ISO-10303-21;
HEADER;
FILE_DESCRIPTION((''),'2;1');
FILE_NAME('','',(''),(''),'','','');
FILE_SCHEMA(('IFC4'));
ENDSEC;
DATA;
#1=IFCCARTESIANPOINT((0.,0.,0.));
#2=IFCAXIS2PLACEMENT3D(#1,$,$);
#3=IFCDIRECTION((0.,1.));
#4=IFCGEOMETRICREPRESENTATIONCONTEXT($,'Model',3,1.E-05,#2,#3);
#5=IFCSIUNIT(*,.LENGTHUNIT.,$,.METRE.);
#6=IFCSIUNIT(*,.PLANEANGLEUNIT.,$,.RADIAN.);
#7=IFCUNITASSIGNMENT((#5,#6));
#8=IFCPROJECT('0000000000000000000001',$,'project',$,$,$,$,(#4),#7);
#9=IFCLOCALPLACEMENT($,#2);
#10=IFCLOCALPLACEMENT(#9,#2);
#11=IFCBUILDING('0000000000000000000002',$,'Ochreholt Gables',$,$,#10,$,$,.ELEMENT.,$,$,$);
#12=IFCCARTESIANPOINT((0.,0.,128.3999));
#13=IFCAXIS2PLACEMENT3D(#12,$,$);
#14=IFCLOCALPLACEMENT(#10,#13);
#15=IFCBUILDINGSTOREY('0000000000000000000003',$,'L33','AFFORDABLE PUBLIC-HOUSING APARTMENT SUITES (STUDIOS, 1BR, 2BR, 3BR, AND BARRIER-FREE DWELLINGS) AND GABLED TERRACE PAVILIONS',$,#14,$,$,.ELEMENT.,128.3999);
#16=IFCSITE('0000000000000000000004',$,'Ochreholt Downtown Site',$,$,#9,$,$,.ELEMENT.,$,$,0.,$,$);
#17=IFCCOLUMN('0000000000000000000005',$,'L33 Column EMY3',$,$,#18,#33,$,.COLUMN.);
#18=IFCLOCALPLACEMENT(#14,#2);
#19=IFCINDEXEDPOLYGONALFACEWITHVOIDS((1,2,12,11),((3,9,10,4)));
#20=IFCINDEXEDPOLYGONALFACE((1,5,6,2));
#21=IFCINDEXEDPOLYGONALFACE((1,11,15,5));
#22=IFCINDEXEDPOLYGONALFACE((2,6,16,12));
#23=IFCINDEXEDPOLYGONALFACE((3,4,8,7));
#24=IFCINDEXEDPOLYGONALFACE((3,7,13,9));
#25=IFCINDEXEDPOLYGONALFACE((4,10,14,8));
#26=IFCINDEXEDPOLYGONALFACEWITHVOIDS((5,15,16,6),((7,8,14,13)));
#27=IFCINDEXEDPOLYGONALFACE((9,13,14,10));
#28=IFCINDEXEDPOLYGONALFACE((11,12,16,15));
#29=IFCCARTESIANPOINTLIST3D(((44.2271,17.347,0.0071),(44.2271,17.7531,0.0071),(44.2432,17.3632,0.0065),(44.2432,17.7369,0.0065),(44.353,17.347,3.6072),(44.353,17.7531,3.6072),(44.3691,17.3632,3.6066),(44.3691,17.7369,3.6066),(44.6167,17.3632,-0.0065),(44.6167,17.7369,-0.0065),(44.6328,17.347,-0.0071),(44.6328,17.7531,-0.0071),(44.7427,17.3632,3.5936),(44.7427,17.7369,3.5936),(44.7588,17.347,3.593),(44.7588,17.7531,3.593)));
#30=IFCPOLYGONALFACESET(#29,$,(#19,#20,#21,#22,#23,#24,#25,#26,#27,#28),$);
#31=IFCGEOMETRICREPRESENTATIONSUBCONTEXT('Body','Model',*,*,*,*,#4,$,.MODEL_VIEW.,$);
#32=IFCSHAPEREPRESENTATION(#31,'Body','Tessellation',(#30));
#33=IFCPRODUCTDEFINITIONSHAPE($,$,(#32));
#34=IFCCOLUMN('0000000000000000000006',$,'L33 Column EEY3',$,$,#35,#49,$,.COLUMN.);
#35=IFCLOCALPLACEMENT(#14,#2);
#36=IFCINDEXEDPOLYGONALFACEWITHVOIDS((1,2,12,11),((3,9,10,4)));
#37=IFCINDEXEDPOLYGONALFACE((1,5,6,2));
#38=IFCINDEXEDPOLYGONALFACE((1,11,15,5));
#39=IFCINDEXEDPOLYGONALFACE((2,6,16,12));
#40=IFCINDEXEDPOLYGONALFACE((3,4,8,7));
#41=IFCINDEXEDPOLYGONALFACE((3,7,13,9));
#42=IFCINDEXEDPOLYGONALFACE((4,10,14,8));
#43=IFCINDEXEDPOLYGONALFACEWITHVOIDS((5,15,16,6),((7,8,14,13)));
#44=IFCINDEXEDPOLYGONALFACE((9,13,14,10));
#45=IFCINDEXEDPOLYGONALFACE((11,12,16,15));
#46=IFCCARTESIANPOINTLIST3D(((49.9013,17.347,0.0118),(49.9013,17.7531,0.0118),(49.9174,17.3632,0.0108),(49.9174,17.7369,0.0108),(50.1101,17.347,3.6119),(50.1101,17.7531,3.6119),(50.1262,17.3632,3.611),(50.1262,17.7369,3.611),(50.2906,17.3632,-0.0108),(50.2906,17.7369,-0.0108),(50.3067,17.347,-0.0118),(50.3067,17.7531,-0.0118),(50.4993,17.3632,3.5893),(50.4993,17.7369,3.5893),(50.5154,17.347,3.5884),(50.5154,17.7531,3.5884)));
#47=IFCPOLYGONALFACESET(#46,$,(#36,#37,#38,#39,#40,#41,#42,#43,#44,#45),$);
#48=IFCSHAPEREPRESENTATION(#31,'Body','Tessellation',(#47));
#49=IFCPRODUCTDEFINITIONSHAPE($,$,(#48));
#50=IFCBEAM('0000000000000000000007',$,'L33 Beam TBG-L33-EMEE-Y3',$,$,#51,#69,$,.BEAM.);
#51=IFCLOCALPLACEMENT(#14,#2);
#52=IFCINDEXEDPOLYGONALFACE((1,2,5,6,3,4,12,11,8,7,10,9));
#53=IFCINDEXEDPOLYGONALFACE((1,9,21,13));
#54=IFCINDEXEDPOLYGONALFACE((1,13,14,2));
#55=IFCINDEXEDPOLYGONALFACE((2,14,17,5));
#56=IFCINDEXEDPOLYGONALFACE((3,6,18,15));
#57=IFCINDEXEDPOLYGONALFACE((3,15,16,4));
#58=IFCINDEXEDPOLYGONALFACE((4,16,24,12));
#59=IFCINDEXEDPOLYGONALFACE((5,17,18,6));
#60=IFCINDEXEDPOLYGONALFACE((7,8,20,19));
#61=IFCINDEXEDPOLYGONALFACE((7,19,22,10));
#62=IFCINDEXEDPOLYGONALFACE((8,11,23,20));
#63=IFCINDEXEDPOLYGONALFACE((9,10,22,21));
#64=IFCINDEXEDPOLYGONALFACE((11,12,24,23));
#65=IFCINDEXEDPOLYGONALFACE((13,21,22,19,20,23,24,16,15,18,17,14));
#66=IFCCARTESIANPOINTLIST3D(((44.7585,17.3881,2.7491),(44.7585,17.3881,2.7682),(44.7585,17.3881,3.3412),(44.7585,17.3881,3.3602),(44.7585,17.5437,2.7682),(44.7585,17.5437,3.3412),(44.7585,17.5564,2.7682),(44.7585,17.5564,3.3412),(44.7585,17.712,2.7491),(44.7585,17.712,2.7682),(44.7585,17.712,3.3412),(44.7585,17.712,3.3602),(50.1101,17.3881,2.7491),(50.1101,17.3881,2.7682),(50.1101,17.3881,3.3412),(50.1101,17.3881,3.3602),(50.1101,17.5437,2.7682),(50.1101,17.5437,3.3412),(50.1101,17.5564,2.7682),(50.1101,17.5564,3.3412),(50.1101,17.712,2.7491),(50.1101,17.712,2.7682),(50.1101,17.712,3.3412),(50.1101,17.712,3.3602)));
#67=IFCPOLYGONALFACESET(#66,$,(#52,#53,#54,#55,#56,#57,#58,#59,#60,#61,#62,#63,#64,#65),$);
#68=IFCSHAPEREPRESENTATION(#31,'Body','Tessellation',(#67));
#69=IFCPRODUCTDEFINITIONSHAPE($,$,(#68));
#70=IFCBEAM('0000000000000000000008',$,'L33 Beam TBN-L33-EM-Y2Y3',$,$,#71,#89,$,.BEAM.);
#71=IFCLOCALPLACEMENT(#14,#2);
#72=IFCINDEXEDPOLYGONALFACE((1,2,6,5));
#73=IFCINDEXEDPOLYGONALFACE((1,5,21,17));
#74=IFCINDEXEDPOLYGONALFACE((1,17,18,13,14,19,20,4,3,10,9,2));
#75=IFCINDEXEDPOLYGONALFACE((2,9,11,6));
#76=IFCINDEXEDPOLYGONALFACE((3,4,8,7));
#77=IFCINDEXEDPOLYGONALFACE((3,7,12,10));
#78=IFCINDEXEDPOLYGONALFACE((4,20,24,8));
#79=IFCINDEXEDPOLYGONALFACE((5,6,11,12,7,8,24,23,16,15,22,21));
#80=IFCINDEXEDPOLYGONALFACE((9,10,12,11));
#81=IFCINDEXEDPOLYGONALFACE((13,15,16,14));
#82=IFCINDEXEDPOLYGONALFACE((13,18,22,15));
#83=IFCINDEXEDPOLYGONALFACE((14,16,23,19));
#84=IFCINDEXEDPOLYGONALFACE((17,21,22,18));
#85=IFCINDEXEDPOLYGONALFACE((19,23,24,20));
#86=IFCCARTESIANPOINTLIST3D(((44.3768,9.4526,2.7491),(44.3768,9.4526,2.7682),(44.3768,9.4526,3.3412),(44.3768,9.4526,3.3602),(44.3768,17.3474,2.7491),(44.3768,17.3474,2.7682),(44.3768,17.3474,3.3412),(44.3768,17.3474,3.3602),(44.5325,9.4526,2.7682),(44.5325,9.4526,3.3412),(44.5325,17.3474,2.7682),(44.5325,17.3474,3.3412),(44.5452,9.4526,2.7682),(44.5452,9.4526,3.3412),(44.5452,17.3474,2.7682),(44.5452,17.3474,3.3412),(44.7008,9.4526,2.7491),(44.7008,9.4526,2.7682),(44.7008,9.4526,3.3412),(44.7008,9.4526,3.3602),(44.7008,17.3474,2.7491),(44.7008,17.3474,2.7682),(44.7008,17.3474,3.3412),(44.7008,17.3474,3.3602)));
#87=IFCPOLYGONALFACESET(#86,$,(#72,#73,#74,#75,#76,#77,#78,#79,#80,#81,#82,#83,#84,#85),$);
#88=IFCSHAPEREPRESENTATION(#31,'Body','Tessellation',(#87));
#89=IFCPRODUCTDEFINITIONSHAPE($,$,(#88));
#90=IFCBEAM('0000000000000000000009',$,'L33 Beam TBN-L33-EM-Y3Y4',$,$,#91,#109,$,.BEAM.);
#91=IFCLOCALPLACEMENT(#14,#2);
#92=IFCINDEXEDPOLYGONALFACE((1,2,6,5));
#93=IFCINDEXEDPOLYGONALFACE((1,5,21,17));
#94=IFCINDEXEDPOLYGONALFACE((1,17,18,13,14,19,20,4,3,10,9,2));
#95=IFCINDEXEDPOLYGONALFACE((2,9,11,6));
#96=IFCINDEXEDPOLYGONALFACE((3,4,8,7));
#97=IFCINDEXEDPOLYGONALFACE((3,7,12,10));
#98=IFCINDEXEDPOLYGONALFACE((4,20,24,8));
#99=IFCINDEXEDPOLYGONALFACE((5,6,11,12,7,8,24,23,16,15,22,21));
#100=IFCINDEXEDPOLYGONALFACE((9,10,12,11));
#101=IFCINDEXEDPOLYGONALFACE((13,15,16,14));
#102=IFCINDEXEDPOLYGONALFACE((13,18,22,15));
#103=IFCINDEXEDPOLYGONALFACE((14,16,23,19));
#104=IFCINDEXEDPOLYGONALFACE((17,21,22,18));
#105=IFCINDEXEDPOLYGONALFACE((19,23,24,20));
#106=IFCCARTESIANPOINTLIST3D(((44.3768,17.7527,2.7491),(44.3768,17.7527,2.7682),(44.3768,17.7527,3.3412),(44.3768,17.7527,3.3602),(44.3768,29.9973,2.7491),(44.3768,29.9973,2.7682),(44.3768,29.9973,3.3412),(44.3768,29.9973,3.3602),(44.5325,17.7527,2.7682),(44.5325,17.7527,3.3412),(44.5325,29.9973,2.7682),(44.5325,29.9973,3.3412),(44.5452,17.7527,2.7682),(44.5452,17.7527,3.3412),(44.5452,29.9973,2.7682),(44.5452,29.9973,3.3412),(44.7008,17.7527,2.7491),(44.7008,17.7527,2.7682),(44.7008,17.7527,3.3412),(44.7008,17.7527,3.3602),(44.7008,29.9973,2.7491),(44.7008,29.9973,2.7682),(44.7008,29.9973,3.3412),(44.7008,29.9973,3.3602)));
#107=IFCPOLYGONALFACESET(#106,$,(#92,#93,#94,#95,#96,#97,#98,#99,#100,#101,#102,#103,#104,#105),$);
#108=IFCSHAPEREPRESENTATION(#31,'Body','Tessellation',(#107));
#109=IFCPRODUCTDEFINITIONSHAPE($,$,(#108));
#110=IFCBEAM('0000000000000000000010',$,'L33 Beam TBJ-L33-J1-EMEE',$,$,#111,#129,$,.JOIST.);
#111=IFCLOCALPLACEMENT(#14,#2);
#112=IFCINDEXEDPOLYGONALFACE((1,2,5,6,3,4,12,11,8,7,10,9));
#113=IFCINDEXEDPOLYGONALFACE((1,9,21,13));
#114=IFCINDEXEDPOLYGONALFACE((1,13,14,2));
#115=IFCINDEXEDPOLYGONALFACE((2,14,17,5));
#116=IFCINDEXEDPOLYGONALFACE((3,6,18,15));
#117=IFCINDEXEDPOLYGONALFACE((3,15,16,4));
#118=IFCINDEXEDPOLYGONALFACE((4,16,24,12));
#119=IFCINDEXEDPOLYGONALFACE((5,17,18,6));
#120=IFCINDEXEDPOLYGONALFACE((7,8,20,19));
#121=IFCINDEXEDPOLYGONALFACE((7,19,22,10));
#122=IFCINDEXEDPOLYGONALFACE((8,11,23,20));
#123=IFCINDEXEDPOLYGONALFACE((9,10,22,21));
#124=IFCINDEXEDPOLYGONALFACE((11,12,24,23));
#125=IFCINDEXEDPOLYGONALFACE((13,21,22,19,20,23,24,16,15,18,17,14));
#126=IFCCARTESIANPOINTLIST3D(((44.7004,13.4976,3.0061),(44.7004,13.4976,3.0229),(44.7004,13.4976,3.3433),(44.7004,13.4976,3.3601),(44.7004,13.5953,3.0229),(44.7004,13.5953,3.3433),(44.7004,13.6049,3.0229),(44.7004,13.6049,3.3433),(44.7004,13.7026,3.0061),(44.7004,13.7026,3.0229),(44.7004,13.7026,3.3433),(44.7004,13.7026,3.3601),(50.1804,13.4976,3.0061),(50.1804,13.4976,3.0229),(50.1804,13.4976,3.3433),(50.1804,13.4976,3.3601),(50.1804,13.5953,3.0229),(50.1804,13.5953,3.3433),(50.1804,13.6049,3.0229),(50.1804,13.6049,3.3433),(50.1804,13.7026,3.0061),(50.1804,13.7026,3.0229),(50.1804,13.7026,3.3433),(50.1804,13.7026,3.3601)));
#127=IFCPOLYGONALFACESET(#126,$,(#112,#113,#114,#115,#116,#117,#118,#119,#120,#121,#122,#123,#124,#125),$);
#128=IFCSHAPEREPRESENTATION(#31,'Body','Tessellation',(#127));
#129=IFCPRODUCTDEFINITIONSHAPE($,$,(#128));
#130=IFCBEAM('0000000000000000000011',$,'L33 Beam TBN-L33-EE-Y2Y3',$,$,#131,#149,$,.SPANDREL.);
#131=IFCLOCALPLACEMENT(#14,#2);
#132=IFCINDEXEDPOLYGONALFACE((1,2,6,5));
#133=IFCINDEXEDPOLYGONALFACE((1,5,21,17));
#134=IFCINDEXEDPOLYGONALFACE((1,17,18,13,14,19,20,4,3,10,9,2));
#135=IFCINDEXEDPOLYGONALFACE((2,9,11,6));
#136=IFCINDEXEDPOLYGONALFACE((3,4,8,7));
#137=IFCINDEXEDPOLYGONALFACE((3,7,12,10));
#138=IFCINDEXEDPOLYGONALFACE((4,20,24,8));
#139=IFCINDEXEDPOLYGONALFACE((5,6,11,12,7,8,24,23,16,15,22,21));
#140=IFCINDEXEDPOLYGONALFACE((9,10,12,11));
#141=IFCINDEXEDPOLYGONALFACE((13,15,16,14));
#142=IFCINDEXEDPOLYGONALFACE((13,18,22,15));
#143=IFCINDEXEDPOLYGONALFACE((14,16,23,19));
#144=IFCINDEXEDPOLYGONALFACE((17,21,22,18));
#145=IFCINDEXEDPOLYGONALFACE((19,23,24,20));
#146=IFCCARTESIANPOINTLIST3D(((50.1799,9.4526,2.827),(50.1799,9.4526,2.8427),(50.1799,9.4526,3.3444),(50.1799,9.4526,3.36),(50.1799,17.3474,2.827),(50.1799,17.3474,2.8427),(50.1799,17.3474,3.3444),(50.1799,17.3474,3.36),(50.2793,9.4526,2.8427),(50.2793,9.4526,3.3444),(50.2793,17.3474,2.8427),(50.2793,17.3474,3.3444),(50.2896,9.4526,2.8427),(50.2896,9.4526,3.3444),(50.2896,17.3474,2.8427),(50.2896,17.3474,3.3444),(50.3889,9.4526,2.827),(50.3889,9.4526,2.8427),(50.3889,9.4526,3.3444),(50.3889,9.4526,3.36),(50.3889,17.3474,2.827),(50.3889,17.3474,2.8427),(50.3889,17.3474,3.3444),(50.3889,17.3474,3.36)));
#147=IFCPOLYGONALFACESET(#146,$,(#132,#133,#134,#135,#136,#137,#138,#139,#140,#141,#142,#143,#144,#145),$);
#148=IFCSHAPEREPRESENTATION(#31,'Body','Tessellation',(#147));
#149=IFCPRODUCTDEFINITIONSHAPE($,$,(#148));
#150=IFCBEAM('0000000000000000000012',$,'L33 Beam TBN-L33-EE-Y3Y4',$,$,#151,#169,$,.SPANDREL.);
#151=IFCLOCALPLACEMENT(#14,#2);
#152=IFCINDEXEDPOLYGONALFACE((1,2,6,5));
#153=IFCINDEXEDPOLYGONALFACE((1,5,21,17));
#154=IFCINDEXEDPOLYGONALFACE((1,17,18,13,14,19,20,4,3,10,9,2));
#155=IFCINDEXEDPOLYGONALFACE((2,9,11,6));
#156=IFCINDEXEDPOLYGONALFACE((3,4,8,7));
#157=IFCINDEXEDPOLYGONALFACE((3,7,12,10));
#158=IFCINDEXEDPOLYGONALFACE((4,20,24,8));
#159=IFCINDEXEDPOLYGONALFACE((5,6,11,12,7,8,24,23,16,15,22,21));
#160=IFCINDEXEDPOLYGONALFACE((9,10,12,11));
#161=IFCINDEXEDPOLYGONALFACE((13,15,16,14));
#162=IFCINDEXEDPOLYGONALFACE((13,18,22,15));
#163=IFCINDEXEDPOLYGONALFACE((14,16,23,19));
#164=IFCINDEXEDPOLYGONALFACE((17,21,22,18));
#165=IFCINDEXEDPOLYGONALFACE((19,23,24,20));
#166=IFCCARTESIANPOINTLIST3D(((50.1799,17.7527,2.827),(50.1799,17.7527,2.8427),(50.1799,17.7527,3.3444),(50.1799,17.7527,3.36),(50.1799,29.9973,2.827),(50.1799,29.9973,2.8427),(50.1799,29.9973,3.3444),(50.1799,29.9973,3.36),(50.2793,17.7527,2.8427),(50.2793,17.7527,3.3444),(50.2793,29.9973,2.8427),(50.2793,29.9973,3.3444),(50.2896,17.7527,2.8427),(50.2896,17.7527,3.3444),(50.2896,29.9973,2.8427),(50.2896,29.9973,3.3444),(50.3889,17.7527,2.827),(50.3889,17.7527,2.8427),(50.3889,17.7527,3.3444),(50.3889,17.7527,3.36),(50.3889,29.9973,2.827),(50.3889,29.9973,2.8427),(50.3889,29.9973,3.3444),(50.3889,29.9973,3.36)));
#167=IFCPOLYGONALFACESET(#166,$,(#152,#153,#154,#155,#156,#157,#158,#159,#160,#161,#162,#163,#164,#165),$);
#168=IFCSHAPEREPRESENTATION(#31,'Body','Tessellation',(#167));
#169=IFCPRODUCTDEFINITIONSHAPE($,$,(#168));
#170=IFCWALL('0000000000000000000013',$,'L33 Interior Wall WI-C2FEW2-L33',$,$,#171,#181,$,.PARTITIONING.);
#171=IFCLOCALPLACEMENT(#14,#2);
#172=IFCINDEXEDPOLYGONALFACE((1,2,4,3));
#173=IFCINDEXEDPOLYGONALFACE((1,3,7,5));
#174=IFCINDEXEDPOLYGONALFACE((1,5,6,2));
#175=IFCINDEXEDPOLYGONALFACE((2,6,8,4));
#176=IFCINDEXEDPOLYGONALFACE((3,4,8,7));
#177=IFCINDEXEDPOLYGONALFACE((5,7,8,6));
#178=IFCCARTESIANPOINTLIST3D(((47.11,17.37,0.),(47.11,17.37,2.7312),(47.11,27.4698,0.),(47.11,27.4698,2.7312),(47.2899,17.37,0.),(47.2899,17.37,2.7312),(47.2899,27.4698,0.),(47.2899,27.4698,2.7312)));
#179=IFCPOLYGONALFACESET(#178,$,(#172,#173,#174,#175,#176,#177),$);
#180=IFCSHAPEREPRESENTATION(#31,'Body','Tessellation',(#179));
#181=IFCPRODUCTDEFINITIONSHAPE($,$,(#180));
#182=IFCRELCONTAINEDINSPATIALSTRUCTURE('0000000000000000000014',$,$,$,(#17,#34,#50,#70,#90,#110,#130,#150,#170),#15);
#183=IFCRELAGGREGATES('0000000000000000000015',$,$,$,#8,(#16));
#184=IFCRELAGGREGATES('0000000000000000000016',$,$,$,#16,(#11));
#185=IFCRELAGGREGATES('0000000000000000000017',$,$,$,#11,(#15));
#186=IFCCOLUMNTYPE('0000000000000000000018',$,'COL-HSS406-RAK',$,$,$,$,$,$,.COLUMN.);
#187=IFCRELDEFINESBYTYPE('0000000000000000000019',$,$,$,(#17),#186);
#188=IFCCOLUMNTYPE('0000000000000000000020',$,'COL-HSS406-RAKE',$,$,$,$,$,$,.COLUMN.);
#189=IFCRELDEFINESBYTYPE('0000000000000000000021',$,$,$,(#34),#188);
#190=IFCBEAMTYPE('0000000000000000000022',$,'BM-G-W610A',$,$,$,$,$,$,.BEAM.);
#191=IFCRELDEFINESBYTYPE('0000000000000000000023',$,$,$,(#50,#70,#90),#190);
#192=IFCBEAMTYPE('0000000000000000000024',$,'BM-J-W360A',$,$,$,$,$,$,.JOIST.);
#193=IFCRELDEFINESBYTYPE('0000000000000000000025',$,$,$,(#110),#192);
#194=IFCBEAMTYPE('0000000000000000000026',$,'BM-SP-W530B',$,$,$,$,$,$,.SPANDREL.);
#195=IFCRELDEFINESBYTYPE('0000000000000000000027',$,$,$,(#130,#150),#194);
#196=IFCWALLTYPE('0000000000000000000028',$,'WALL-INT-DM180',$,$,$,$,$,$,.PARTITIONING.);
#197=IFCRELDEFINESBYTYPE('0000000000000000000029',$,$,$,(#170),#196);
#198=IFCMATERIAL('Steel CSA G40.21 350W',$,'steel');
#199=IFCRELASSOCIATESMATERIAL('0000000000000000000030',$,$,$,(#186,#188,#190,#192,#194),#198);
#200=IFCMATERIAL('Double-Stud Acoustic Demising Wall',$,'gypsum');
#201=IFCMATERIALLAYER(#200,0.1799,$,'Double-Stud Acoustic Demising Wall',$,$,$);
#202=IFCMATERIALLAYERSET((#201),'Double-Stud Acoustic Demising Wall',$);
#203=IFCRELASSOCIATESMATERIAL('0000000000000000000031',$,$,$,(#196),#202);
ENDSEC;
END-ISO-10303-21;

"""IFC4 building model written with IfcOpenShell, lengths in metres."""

from ifc_helpers import new_model, si_unit, direction, frame, frame_2d, origin, origin_2d, place, context, subcontext, project, spatial, rectangle, hollow_rectangle, i_section, extrude, material, layer, layer_set, material_profile, profile_set, type_object, element, save


model = new_model("IFC4")

# Units and contexts
model_context = context("Model", 3, precision=1e-05, world=origin(), true_north=direction((0.0, 1.0)))
body_context = subcontext(model_context, "Body", "Model", "MODEL_VIEW")
ifc_project = project(units=[si_unit("LENGTHUNIT", "METRE"), si_unit("PLANEANGLEUNIT", "RADIAN")], contexts=[model_context])

# Site, building, storey
site_placement = place(None, origin())
site = spatial("IfcSite", under=ifc_project, at=site_placement, Name="Ochreholt Downtown Site", CompositionType="ELEMENT", RefElevation=0.0)
building_placement = place(site_placement, origin())
building = spatial("IfcBuilding", under=site, at=building_placement, Name="Ochreholt Gables", CompositionType="ELEMENT")
storey_placement = place(building_placement, frame((0.0, 0.0, 128.3999)))
storey = spatial("IfcBuildingStorey", under=building, at=storey_placement, Name="L33", Description="AFFORDABLE PUBLIC-HOUSING APARTMENT SUITES (STUDIOS, 1BR, 2BR, 3BR, AND BARRIER-FREE DWELLINGS) AND GABLED TERRACE PAVILIONS", CompositionType="ELEMENT", Elevation=128.3999)

# Columns
ifc_material_1 = material(Name="Steel CSA G40.21 350W", Category="steel")
ifc_material_profile_1 = material_profile(ifc_material_1, hollow_rectangle(XDim=0.406, YDim=0.406, WallThickness=0.0161, at=origin_2d()), Name="HSS406X406X16")
ifc_profile_set_1 = profile_set([ifc_material_profile_1], Name="Steel CSA G40.21 350W")
column_type_1 = type_object("IfcColumnType", Name="COL-HSS406-RAK", PredefinedType="COLUMN", material=ifc_profile_set_1)
column_1_placement = place(storey_placement, frame((44.4299, 17.55, 0.0), z_axis=(0.034971, 0.0, 0.999388), x_axis=(0.0, 1.0, 0.0)))
element("IfcColumn", 1, at=column_1_placement, inside=storey, type_object=column_type_1, Name="L33 Column EMY3", PredefinedType="COLUMN", context=body_context, shape_type="SweptSolid", body=[
    extrude(hollow_rectangle(XDim=0.406, YDim=0.406, WallThickness=0.0161, at=origin_2d()), origin(), (0.0, 0.0, 1.0), 3.6023),
])
ifc_material_profile_2 = material_profile(ifc_material_1, hollow_rectangle(XDim=0.406, YDim=0.406, WallThickness=0.0161, at=origin_2d()), Name="HSS406X406X16")
ifc_profile_set_2 = profile_set([ifc_material_profile_2], Name="Steel CSA G40.21 350W")
column_type_2 = type_object("IfcColumnType", Name="COL-HSS406-RAKE", PredefinedType="COLUMN", material=ifc_profile_set_2)
column_2_placement = place(storey_placement, frame((50.104, 17.55, 0.0), z_axis=(0.057885, 0.0, 0.998323), x_axis=(0.0, 1.0, 0.0)))
element("IfcColumn", 2, at=column_2_placement, inside=storey, type_object=column_type_2, Name="L33 Column EEY3", PredefinedType="COLUMN", context=body_context, shape_type="SweptSolid", body=[
    extrude(hollow_rectangle(XDim=0.406, YDim=0.406, WallThickness=0.0161, at=origin_2d()), origin(), (0.0, 0.0, 1.0), 3.6062),
])

# Beams
ifc_material_profile_3 = material_profile(ifc_material_1, i_section(OverallWidth=0.324, OverallDepth=0.6111, WebThickness=0.0127, FlangeThickness=0.019, at=origin_2d()), Name="W610X155")
ifc_profile_set_3 = profile_set([ifc_material_profile_3], Name="Steel CSA G40.21 350W")
beam_type_1 = type_object("IfcBeamType", Name="BM-G-W610A", PredefinedType="BEAM", material=ifc_profile_set_3)
beam_1_placement = place(storey_placement, frame((44.7585, 17.55, 3.0547), z_axis=(1.0, 0.0, 0.0), x_axis=(0.0, 1.0, 0.0)))
element("IfcBeam", 3, at=beam_1_placement, inside=storey, type_object=beam_type_1, Name="L33 Beam TBG-L33-EMEE-Y3", PredefinedType="BEAM", context=body_context, shape_type="SweptSolid", body=[
    extrude(i_section(OverallWidth=0.324, OverallDepth=0.6111, WebThickness=0.0127, FlangeThickness=0.019, at=origin_2d()), origin(), (0.0, 0.0, 1.0), 5.3516),
])
beam_2_placement = place(storey_placement, frame((44.5388, 9.4526, 3.0547), z_axis=(0.0, 1.0, 0.0), x_axis=(-1.0, 0.0, 0.0)))
element("IfcBeam", 4, at=beam_2_placement, inside=storey, type_object=beam_type_1, Name="L33 Beam TBN-L33-EM-Y2Y3", PredefinedType="BEAM", context=body_context, shape_type="SweptSolid", body=[
    extrude(i_section(OverallWidth=0.324, OverallDepth=0.6111, WebThickness=0.0127, FlangeThickness=0.019, at=origin_2d()), origin(), (0.0, 0.0, 1.0), 7.8948),
])
beam_3_placement = place(storey_placement, frame((44.5388, 17.7527, 3.0547), z_axis=(0.0, 1.0, 0.0), x_axis=(-1.0, 0.0, 0.0)))
element("IfcBeam", 5, at=beam_3_placement, inside=storey, type_object=beam_type_1, Name="L33 Beam TBN-L33-EM-Y3Y4", PredefinedType="BEAM", context=body_context, shape_type="SweptSolid", body=[
    extrude(i_section(OverallWidth=0.324, OverallDepth=0.6111, WebThickness=0.0127, FlangeThickness=0.019, at=origin_2d()), origin(), (0.0, 0.0, 1.0), 12.2446),
])
ifc_material_profile_4 = material_profile(ifc_material_1, i_section(OverallWidth=0.2051, OverallDepth=0.354, WebThickness=0.0095, FlangeThickness=0.0168, at=origin_2d()), Name="W360X79")
ifc_profile_set_4 = profile_set([ifc_material_profile_4], Name="Steel CSA G40.21 350W")
beam_type_2 = type_object("IfcBeamType", Name="BM-J-W360A", PredefinedType="JOIST", material=ifc_profile_set_4)
beam_4_placement = place(storey_placement, frame((44.7004, 13.6001, 3.1831), z_axis=(1.0, 0.0, 0.0), x_axis=(0.0, 1.0, 0.0)))
element("IfcBeam", 6, at=beam_4_placement, inside=storey, type_object=beam_type_2, Name="L33 Beam TBJ-L33-J1-EMEE", PredefinedType="JOIST", context=body_context, shape_type="SweptSolid", body=[
    extrude(i_section(OverallWidth=0.2051, OverallDepth=0.354, WebThickness=0.0095, FlangeThickness=0.0168, at=origin_2d()), origin(), (0.0, 0.0, 1.0), 5.48),
])
ifc_material_profile_5 = material_profile(ifc_material_1, i_section(OverallWidth=0.209, OverallDepth=0.533, WebThickness=0.0103, FlangeThickness=0.0156, at=origin_2d()), Name="W530X92")
ifc_profile_set_5 = profile_set([ifc_material_profile_5], Name="Steel CSA G40.21 350W")
beam_type_3 = type_object("IfcBeamType", Name="BM-SP-W530B", PredefinedType="SPANDREL", material=ifc_profile_set_5)
beam_5_placement = place(storey_placement, frame((50.2844, 9.4526, 3.0935), z_axis=(0.0, 1.0, 0.0), x_axis=(-1.0, 0.0, 0.0)))
element("IfcBeam", 7, at=beam_5_placement, inside=storey, type_object=beam_type_3, Name="L33 Beam TBN-L33-EE-Y2Y3", PredefinedType="SPANDREL", context=body_context, shape_type="SweptSolid", body=[
    extrude(i_section(OverallWidth=0.209, OverallDepth=0.533, WebThickness=0.0103, FlangeThickness=0.0156, at=origin_2d()), origin(), (0.0, 0.0, 1.0), 7.8948),
])
beam_6_placement = place(storey_placement, frame((50.2844, 17.7527, 3.0935), z_axis=(0.0, 1.0, 0.0), x_axis=(-1.0, 0.0, 0.0)))
element("IfcBeam", 8, at=beam_6_placement, inside=storey, type_object=beam_type_3, Name="L33 Beam TBN-L33-EE-Y3Y4", PredefinedType="SPANDREL", context=body_context, shape_type="SweptSolid", body=[
    extrude(i_section(OverallWidth=0.209, OverallDepth=0.533, WebThickness=0.0103, FlangeThickness=0.0156, at=origin_2d()), origin(), (0.0, 0.0, 1.0), 12.2446),
])

# Wall
ifc_material_2 = material(Name="Double-Stud Acoustic Demising Wall", Category="gypsum")
ifc_layer_1 = layer(ifc_material_2, 0.1799, Name="Double-Stud Acoustic Demising Wall")
ifc_layer_set_1 = layer_set([ifc_layer_1], Name="Double-Stud Acoustic Demising Wall")
wall_type_1 = type_object("IfcWallType", Name="WALL-INT-DM180", PredefinedType="PARTITIONING", material=ifc_layer_set_1)
wall_1_placement = place(storey_placement, frame((47.2, 17.3701, 0.0), z_axis=(0.0, 0.0, 1.0), x_axis=(0.0, 1.0, 0.0)))
element("IfcWall", 9, at=wall_1_placement, inside=storey, type_object=wall_type_1, Name="L33 Interior Wall WI-C2FEW2-L33", PredefinedType="PARTITIONING", context=body_context, shape_type="SweptSolid", body=[
    extrude(rectangle(XDim=10.0999, YDim=0.1799, at=frame_2d((5.0498, 0.0))), origin(), (0.0, 0.0, 1.0), 2.7312),
])

save(model, "model.ifc")
